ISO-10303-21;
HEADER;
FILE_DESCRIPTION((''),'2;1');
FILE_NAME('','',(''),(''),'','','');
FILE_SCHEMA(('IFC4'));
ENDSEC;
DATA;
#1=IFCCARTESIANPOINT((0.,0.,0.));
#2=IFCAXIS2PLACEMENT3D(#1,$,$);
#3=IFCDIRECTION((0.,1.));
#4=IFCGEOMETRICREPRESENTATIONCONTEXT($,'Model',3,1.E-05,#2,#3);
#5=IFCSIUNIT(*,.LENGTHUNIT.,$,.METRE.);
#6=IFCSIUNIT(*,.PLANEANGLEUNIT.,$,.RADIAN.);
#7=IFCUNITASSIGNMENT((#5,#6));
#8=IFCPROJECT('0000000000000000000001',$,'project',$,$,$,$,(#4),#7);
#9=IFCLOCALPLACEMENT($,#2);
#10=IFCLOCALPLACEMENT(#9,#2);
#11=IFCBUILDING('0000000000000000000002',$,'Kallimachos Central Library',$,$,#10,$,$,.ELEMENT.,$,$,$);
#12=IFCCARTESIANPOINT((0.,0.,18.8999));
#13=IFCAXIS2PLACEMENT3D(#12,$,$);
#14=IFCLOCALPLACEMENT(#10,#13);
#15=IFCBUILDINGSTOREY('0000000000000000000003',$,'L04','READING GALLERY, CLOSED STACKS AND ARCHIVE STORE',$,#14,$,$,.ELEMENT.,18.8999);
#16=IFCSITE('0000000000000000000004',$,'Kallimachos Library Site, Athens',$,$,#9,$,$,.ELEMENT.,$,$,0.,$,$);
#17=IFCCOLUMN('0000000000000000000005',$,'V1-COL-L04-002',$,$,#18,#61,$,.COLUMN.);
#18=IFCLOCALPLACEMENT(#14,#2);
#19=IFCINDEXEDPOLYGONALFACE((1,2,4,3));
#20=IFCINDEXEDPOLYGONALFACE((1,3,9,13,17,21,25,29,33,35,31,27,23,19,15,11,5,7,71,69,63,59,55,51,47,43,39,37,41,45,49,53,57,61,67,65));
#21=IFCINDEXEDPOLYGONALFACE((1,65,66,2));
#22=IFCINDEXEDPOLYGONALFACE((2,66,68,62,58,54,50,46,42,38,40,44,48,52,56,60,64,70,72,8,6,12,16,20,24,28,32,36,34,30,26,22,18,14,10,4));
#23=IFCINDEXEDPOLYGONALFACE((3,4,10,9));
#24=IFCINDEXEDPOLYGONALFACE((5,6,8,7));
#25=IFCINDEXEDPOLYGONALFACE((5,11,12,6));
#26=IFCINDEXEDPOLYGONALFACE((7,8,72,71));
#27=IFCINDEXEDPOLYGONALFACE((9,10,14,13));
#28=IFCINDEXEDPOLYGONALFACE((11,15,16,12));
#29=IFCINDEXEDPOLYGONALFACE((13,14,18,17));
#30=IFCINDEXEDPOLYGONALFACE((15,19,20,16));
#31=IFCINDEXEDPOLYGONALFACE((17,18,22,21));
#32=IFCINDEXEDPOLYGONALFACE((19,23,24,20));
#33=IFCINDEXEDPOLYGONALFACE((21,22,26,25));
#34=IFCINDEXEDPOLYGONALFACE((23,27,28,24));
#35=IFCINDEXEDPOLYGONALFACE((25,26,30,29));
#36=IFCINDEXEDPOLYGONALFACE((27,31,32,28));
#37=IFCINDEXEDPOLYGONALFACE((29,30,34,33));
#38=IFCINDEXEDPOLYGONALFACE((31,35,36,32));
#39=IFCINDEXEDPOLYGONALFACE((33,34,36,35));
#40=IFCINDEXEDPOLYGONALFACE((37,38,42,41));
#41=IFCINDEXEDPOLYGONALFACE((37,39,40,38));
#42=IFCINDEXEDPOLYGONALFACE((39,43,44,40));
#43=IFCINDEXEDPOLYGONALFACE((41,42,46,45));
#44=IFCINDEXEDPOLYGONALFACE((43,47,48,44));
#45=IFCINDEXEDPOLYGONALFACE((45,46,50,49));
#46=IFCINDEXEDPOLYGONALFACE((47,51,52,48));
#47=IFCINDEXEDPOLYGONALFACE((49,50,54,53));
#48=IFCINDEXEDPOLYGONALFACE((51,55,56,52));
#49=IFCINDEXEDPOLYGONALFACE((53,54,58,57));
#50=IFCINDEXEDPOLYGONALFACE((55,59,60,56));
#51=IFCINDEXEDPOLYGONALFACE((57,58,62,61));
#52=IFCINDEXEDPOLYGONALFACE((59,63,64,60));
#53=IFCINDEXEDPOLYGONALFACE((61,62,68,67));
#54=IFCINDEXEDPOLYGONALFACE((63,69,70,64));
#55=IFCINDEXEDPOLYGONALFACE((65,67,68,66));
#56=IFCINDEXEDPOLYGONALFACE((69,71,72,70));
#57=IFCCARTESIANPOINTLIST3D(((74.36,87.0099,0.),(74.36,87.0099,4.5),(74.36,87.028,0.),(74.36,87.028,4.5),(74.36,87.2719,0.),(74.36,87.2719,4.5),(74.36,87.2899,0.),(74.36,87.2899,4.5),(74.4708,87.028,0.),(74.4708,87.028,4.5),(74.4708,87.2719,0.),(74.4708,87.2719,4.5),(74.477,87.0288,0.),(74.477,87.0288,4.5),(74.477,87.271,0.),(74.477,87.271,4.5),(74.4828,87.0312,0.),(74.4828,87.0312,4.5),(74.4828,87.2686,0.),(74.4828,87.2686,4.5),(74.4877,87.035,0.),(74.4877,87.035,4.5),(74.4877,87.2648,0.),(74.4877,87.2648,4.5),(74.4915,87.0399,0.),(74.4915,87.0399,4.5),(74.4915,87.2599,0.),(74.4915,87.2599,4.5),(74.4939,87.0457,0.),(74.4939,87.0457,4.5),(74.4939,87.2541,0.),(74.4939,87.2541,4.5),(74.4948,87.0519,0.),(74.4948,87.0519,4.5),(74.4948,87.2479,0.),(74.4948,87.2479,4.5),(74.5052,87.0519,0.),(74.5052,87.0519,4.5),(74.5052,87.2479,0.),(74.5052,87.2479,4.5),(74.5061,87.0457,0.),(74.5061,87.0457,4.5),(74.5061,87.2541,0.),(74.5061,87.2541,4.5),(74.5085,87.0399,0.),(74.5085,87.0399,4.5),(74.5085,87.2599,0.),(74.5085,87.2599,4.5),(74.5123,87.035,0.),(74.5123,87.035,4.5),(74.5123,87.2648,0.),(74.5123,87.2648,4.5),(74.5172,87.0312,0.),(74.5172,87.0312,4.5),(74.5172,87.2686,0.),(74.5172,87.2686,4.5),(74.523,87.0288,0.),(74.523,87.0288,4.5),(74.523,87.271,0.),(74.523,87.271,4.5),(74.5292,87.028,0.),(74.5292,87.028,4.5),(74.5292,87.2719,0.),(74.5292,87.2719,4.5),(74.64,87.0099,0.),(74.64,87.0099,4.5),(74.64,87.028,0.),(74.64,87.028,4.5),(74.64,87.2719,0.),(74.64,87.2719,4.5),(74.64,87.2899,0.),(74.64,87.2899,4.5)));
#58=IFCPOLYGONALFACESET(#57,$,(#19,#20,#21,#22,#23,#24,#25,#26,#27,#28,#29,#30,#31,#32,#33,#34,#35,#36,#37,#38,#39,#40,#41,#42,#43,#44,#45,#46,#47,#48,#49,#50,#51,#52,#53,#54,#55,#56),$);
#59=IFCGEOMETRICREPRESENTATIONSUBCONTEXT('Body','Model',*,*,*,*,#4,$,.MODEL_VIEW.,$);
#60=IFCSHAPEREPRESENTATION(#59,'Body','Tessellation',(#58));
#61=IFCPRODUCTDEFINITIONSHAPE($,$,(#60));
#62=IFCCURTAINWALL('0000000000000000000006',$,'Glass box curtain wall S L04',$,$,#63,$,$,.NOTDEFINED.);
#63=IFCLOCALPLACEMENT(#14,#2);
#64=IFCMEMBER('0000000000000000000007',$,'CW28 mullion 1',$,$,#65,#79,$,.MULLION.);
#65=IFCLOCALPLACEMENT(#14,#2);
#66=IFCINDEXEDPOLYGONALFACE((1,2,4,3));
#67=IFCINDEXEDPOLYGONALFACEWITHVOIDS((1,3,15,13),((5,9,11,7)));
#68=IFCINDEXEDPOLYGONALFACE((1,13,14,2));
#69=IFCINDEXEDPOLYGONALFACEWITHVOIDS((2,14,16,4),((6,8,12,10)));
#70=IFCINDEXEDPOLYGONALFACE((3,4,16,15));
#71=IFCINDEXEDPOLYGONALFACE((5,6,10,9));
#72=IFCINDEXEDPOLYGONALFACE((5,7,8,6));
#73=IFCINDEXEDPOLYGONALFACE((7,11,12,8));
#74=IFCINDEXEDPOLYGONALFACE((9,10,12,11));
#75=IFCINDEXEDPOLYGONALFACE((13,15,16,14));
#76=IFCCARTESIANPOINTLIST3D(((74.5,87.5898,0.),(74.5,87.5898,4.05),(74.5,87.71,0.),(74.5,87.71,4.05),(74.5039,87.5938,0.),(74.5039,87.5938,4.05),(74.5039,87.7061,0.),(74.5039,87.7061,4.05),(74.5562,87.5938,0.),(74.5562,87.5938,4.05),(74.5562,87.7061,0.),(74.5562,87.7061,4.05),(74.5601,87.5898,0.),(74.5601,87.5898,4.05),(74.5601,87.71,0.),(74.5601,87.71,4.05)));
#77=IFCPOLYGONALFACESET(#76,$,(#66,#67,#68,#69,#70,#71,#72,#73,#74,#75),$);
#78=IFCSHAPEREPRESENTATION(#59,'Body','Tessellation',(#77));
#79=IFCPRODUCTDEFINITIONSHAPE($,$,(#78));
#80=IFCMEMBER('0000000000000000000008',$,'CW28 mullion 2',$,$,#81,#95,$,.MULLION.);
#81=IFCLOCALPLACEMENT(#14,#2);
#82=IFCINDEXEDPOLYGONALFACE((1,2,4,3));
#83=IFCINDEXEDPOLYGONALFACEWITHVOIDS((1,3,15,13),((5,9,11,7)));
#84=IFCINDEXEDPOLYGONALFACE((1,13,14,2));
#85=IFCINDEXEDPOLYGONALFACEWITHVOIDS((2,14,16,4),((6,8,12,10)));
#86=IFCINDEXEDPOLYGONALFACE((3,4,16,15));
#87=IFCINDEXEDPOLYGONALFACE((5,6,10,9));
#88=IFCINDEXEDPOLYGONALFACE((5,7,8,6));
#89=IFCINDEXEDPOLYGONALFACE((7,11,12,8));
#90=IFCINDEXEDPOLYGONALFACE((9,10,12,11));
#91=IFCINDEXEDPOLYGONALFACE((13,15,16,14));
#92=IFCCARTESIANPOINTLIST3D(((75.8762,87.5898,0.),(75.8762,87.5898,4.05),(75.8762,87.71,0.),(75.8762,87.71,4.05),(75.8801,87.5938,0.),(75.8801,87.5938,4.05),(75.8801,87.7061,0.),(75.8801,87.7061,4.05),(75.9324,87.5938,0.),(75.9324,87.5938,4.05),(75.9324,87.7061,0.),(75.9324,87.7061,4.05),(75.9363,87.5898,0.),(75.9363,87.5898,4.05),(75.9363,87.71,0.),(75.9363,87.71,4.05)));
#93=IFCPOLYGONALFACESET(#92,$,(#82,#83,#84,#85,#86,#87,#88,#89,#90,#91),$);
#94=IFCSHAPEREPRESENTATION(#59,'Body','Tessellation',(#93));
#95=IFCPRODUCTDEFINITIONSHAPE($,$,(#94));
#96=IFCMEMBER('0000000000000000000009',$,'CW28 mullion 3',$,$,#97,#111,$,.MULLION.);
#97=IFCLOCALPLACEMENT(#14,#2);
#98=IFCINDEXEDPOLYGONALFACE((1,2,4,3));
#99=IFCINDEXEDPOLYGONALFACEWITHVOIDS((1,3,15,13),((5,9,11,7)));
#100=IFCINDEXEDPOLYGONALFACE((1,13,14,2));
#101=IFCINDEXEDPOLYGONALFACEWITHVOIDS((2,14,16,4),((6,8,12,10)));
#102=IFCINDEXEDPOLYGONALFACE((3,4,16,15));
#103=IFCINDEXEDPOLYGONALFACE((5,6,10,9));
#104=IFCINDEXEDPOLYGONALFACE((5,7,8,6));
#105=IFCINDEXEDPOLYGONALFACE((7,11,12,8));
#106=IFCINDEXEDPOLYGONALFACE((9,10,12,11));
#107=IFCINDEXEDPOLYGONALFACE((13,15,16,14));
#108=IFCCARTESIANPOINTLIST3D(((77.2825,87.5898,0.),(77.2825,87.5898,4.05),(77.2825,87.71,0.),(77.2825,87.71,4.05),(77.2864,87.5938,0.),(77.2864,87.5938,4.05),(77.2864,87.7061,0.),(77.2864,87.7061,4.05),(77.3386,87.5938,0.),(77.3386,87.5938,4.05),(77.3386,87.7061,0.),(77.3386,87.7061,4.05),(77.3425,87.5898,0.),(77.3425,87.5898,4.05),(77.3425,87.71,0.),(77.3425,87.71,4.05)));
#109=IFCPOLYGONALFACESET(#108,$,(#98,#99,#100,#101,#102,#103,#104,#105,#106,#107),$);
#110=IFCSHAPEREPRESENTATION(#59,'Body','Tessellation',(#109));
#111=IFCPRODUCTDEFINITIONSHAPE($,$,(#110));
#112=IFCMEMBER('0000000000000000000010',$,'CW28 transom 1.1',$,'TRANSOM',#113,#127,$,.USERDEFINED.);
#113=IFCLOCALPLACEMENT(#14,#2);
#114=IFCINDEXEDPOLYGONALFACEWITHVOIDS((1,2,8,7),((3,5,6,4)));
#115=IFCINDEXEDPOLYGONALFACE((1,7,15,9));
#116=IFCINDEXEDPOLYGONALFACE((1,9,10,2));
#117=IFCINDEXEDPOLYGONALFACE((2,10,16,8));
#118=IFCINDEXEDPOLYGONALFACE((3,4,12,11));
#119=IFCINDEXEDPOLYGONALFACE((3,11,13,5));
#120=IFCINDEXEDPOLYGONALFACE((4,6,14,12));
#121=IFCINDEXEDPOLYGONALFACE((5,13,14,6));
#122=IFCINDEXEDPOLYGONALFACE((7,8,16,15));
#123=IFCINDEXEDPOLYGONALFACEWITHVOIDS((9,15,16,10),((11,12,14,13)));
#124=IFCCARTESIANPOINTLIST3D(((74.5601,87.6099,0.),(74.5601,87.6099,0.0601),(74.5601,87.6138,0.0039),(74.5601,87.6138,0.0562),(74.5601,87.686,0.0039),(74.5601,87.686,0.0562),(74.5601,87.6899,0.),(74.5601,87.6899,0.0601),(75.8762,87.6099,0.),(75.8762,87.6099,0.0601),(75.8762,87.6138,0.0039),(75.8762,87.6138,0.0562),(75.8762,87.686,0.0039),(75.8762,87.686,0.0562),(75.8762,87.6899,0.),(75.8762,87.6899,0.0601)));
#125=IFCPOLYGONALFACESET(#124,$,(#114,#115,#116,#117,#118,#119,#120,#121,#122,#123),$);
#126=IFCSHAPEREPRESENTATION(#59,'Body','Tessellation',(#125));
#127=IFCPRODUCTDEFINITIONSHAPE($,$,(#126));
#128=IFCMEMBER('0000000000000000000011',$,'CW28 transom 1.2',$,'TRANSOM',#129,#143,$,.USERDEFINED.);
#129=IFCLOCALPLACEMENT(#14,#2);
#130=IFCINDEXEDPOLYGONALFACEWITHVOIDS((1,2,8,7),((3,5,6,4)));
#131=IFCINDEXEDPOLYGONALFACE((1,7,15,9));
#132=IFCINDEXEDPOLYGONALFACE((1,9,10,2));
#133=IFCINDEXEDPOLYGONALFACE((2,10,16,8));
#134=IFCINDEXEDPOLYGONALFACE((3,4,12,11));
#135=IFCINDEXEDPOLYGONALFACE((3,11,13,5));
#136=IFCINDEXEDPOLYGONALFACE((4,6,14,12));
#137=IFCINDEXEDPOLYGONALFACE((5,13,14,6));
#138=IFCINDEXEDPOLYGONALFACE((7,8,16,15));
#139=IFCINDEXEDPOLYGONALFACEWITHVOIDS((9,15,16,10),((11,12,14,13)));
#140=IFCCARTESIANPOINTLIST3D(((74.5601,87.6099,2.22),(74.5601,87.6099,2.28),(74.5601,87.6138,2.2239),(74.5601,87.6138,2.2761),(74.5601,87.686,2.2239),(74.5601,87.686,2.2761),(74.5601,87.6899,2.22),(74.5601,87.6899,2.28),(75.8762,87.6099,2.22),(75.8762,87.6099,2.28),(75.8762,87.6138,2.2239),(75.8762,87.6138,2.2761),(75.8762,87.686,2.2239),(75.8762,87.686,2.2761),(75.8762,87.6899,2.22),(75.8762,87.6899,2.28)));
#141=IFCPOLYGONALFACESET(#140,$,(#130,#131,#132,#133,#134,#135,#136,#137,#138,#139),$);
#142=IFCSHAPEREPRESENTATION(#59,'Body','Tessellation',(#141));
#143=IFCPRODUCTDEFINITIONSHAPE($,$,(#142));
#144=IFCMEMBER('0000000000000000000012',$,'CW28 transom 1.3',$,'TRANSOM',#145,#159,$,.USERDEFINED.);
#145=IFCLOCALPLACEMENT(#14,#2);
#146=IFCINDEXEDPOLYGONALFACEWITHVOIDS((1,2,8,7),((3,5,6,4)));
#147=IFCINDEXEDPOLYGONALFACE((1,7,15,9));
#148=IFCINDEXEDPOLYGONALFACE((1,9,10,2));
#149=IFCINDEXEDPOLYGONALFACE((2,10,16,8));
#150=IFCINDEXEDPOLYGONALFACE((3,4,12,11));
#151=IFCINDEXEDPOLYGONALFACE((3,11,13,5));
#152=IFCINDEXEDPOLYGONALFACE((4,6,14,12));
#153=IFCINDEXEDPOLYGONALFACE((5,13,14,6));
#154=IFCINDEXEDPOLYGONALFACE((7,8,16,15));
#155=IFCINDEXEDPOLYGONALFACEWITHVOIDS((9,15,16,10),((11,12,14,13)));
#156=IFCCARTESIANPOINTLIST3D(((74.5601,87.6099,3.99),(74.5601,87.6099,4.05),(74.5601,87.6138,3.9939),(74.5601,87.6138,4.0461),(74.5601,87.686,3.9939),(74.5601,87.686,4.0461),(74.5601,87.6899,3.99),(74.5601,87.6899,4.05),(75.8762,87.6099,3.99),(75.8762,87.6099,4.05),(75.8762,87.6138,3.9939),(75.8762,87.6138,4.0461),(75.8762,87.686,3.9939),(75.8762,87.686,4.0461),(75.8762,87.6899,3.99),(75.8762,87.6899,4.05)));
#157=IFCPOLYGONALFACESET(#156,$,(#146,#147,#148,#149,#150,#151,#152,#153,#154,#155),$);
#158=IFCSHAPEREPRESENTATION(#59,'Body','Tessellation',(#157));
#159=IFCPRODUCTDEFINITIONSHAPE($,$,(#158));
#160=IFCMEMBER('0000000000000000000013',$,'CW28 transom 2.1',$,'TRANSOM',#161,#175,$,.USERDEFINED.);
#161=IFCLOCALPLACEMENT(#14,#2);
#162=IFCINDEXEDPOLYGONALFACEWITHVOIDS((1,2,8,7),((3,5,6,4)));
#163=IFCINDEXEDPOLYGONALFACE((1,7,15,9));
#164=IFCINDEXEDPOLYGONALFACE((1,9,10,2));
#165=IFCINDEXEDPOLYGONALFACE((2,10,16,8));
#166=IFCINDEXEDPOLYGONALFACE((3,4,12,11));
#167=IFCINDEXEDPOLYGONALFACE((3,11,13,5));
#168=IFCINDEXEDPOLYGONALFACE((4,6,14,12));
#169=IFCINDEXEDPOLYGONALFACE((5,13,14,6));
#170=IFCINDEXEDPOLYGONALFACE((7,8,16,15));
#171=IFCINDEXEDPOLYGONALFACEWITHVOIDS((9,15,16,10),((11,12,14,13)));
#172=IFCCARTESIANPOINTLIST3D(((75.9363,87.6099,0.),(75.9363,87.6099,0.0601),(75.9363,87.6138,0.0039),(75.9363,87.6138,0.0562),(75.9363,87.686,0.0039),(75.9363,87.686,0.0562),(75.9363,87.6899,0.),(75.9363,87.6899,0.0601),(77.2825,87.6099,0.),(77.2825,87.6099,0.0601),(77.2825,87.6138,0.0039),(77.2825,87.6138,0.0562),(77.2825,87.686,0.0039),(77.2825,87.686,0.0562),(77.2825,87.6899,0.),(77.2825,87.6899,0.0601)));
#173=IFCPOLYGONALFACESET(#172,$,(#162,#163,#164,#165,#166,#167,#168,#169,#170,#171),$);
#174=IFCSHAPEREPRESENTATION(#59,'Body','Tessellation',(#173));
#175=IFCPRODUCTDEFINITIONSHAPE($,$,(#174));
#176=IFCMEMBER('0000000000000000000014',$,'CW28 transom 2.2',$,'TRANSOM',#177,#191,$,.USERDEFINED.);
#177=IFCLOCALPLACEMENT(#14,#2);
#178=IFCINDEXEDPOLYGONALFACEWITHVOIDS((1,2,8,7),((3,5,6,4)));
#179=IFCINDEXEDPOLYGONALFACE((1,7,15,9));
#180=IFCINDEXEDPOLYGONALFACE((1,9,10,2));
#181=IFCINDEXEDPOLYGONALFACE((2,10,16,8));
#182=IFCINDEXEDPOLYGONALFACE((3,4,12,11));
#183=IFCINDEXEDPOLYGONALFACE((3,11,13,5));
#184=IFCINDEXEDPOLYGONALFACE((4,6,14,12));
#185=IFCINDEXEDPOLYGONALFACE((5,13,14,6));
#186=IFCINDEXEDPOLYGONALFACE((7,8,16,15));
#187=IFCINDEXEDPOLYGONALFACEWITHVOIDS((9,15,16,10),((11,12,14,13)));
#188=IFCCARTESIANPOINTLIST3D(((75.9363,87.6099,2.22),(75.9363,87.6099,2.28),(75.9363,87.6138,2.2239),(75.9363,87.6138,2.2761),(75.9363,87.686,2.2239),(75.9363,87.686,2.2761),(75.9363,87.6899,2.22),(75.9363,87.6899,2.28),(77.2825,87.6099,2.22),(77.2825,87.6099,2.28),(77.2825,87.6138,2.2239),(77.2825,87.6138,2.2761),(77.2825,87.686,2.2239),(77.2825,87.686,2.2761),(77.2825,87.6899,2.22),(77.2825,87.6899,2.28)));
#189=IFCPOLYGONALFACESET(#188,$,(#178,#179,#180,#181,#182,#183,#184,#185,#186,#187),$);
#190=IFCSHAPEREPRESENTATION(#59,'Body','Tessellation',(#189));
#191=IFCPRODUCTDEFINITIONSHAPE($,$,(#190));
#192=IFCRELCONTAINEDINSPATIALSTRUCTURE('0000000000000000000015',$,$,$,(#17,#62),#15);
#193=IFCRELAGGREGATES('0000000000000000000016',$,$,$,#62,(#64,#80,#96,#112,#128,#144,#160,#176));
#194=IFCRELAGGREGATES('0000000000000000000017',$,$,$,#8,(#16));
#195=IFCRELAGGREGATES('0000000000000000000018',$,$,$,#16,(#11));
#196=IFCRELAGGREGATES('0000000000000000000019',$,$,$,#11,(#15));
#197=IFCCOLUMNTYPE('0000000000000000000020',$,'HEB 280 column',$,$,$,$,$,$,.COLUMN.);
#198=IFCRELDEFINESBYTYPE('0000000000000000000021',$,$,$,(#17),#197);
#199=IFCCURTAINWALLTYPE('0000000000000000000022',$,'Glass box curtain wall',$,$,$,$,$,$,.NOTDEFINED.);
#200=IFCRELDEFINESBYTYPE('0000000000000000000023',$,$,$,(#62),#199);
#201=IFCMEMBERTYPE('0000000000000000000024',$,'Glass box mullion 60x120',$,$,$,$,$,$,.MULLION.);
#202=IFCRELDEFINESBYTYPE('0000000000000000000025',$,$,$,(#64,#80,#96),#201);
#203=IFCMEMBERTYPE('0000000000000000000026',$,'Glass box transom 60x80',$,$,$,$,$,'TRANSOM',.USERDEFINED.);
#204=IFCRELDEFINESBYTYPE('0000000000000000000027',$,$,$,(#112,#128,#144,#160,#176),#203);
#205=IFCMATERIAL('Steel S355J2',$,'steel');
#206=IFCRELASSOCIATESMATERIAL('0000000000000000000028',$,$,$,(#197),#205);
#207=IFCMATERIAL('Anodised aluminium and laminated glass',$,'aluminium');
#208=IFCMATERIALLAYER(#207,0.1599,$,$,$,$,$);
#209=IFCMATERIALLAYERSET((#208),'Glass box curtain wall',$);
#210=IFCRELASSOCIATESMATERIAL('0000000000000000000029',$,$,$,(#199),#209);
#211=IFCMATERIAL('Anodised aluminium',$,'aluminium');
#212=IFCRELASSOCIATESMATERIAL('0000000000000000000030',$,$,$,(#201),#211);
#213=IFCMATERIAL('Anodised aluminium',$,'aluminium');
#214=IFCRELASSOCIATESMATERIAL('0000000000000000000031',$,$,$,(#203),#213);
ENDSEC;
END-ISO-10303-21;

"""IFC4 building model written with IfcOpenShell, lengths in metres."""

from ifc_helpers import new_model, si_unit, direction, frame, origin, origin_2d, place, context, subcontext, project, spatial, hollow_rectangle, i_section, extrude, material, layer, layer_set, material_profile, profile_set, type_object, element, aggregate, save


model = new_model("IFC4")

# Units and contexts
model_context = context("Model", 3, precision=1e-05, world=origin(), true_north=direction((0.0, 1.0)))
body_context = subcontext(model_context, "Body", "Model", "MODEL_VIEW")
ifc_project = project(units=[si_unit("LENGTHUNIT", "METRE"), si_unit("PLANEANGLEUNIT", "RADIAN")], contexts=[model_context])

# Site, building, storey
site_placement = place(None, origin())
site = spatial("IfcSite", under=ifc_project, at=site_placement, Name="Kallimachos Library Site, Athens", CompositionType="ELEMENT", RefElevation=0.0)
building_placement = place(site_placement, origin())
building = spatial("IfcBuilding", under=site, at=building_placement, Name="Kallimachos Central Library", CompositionType="ELEMENT")
storey_placement = place(building_placement, frame((0.0, 0.0, 18.8999)))
storey = spatial("IfcBuildingStorey", under=building, at=storey_placement, Name="L04", Description="READING GALLERY, CLOSED STACKS AND ARCHIVE STORE", CompositionType="ELEMENT", Elevation=18.8999)

# Column
ifc_material_1 = material(Name="Steel S355J2", Category="steel")
ifc_material_profile_1 = material_profile(ifc_material_1, i_section(OverallWidth=0.28, OverallDepth=0.28, WebThickness=0.0105, FlangeThickness=0.0181, FilletRadius=0.0239, at=origin_2d()), Name="HEB 280")
ifc_profile_set_1 = profile_set([ifc_material_profile_1], Name="Steel S355J2")
column_type = type_object("IfcColumnType", Name="HEB 280 column", PredefinedType="COLUMN", material=ifc_profile_set_1)
column_placement = place(storey_placement, frame((74.5, 87.1499, 0.0), z_axis=(0.0, 0.0, 1.0), x_axis=(1.0, 0.0, 0.0)))
element("IfcColumn", 1, at=column_placement, inside=storey, type_object=column_type, Name="V1-COL-L04-002", PredefinedType="COLUMN", context=body_context, shape_type="SweptSolid", body=[
    extrude(i_section(OverallWidth=0.28, OverallDepth=0.28, WebThickness=0.0105, FlangeThickness=0.0181, FilletRadius=0.0239, at=origin_2d()), origin(), (0.0, 0.0, 1.0), 4.5),
])

# Curtain wall, members
ifc_material_2 = material(Name="Anodised aluminium and laminated glass", Category="aluminium")
ifc_layer_1 = layer(ifc_material_2, 0.1599)
ifc_layer_set_1 = layer_set([ifc_layer_1], Name="Glass box curtain wall")
curtain_wall_type = type_object("IfcCurtainWallType", Name="Glass box curtain wall", PredefinedType="NOTDEFINED", material=ifc_layer_set_1)
curtain_wall_placement = place(storey_placement, origin())
curtain_wall = element("IfcCurtainWall", 2, at=curtain_wall_placement, inside=storey, type_object=curtain_wall_type, Name="Glass box curtain wall S L04", PredefinedType="NOTDEFINED")
ifc_material_3 = material(Name="Anodised aluminium", Category="aluminium")
ifc_material_profile_2 = material_profile(ifc_material_3, hollow_rectangle(XDim=0.0601, YDim=0.1201, WallThickness=0.0039, at=origin_2d()), Name="ALU MULLION 60x120")
ifc_profile_set_2 = profile_set([ifc_material_profile_2], Name="Anodised aluminium")
member_type_1 = type_object("IfcMemberType", Name="Glass box mullion 60x120", PredefinedType="MULLION", material=ifc_profile_set_2)
member_1_placement = place(storey_placement, frame((74.53, 87.6499, 0.0), z_axis=(0.0, 0.0, 1.0), x_axis=(1.0, 0.0, 0.0)))
member_1 = element("IfcMember", 3, at=member_1_placement, type_object=member_type_1, Name="CW28 mullion 1", PredefinedType="MULLION", context=body_context, shape_type="SweptSolid", body=[
    extrude(hollow_rectangle(XDim=0.0601, YDim=0.1201, WallThickness=0.0039, at=origin_2d()), origin(), (0.0, 0.0, 1.0), 4.05),
])
member_2_placement = place(storey_placement, frame((75.9062, 87.6499, 0.0), z_axis=(0.0, 0.0, 1.0), x_axis=(1.0, 0.0, 0.0)))
member_2 = element("IfcMember", 4, at=member_2_placement, type_object=member_type_1, Name="CW28 mullion 2", PredefinedType="MULLION", context=body_context, shape_type="SweptSolid", body=[
    extrude(hollow_rectangle(XDim=0.0601, YDim=0.1201, WallThickness=0.0039, at=origin_2d()), origin(), (0.0, 0.0, 1.0), 4.05),
])
member_3_placement = place(storey_placement, frame((77.3125, 87.6499, 0.0), z_axis=(0.0, 0.0, 1.0), x_axis=(1.0, 0.0, 0.0)))
member_3 = element("IfcMember", 5, at=member_3_placement, type_object=member_type_1, Name="CW28 mullion 3", PredefinedType="MULLION", context=body_context, shape_type="SweptSolid", body=[
    extrude(hollow_rectangle(XDim=0.0601, YDim=0.1201, WallThickness=0.0039, at=origin_2d()), origin(), (0.0, 0.0, 1.0), 4.05),
])
ifc_material_4 = material(Name="Anodised aluminium", Category="aluminium")
ifc_material_profile_3 = material_profile(ifc_material_4, hollow_rectangle(XDim=0.0601, YDim=0.0801, WallThickness=0.0039, at=origin_2d()), Name="ALU TRANSOM 60x80")
ifc_profile_set_3 = profile_set([ifc_material_profile_3], Name="Anodised aluminium")
member_type_2 = type_object("IfcMemberType", Name="Glass box transom 60x80", ElementType="TRANSOM", PredefinedType="USERDEFINED", material=ifc_profile_set_3)
member_4_placement = place(storey_placement, frame((74.5601, 87.6499, 0.03), z_axis=(1.0, 0.0, 0.0), x_axis=(0.0, 0.0, 1.0)))
member_4 = element("IfcMember", 6, at=member_4_placement, type_object=member_type_2, Name="CW28 transom 1.1", ObjectType="TRANSOM", PredefinedType="USERDEFINED", context=body_context, shape_type="SweptSolid", body=[
    extrude(hollow_rectangle(XDim=0.0601, YDim=0.0801, WallThickness=0.0039, at=origin_2d()), origin(), (0.0, 0.0, 1.0), 1.3162),
])
member_5_placement = place(storey_placement, frame((74.5601, 87.6499, 2.25), z_axis=(1.0, 0.0, 0.0), x_axis=(0.0, 0.0, 1.0)))
member_5 = element("IfcMember", 7, at=member_5_placement, type_object=member_type_2, Name="CW28 transom 1.2", ObjectType="TRANSOM", PredefinedType="USERDEFINED", context=body_context, shape_type="SweptSolid", body=[
    extrude(hollow_rectangle(XDim=0.0601, YDim=0.0801, WallThickness=0.0039, at=origin_2d()), origin(), (0.0, 0.0, 1.0), 1.3162),
])
member_6_placement = place(storey_placement, frame((74.5601, 87.6499, 4.02), z_axis=(1.0, 0.0, 0.0), x_axis=(0.0, 0.0, 1.0)))
member_6 = element("IfcMember", 8, at=member_6_placement, type_object=member_type_2, Name="CW28 transom 1.3", ObjectType="TRANSOM", PredefinedType="USERDEFINED", context=body_context, shape_type="SweptSolid", body=[
    extrude(hollow_rectangle(XDim=0.0601, YDim=0.0801, WallThickness=0.0039, at=origin_2d()), origin(), (0.0, 0.0, 1.0), 1.3162),
])
member_7_placement = place(storey_placement, frame((75.9363, 87.6499, 0.03), z_axis=(1.0, 0.0, 0.0), x_axis=(0.0, 0.0, 1.0)))
member_7 = element("IfcMember", 9, at=member_7_placement, type_object=member_type_2, Name="CW28 transom 2.1", ObjectType="TRANSOM", PredefinedType="USERDEFINED", context=body_context, shape_type="SweptSolid", body=[
    extrude(hollow_rectangle(XDim=0.0601, YDim=0.0801, WallThickness=0.0039, at=origin_2d()), origin(), (0.0, 0.0, 1.0), 1.3462),
])
member_8_placement = place(storey_placement, frame((75.9363, 87.6499, 2.25), z_axis=(1.0, 0.0, 0.0), x_axis=(0.0, 0.0, 1.0)))
member_8 = element("IfcMember", 10, at=member_8_placement, type_object=member_type_2, Name="CW28 transom 2.2", ObjectType="TRANSOM", PredefinedType="USERDEFINED", context=body_context, shape_type="SweptSolid", body=[
    extrude(hollow_rectangle(XDim=0.0601, YDim=0.0801, WallThickness=0.0039, at=origin_2d()), origin(), (0.0, 0.0, 1.0), 1.3462),
])

aggregate(curtain_wall, [member_1, member_2, member_3, member_4, member_5, member_6, member_7, member_8])

save(model, "model.ifc")
